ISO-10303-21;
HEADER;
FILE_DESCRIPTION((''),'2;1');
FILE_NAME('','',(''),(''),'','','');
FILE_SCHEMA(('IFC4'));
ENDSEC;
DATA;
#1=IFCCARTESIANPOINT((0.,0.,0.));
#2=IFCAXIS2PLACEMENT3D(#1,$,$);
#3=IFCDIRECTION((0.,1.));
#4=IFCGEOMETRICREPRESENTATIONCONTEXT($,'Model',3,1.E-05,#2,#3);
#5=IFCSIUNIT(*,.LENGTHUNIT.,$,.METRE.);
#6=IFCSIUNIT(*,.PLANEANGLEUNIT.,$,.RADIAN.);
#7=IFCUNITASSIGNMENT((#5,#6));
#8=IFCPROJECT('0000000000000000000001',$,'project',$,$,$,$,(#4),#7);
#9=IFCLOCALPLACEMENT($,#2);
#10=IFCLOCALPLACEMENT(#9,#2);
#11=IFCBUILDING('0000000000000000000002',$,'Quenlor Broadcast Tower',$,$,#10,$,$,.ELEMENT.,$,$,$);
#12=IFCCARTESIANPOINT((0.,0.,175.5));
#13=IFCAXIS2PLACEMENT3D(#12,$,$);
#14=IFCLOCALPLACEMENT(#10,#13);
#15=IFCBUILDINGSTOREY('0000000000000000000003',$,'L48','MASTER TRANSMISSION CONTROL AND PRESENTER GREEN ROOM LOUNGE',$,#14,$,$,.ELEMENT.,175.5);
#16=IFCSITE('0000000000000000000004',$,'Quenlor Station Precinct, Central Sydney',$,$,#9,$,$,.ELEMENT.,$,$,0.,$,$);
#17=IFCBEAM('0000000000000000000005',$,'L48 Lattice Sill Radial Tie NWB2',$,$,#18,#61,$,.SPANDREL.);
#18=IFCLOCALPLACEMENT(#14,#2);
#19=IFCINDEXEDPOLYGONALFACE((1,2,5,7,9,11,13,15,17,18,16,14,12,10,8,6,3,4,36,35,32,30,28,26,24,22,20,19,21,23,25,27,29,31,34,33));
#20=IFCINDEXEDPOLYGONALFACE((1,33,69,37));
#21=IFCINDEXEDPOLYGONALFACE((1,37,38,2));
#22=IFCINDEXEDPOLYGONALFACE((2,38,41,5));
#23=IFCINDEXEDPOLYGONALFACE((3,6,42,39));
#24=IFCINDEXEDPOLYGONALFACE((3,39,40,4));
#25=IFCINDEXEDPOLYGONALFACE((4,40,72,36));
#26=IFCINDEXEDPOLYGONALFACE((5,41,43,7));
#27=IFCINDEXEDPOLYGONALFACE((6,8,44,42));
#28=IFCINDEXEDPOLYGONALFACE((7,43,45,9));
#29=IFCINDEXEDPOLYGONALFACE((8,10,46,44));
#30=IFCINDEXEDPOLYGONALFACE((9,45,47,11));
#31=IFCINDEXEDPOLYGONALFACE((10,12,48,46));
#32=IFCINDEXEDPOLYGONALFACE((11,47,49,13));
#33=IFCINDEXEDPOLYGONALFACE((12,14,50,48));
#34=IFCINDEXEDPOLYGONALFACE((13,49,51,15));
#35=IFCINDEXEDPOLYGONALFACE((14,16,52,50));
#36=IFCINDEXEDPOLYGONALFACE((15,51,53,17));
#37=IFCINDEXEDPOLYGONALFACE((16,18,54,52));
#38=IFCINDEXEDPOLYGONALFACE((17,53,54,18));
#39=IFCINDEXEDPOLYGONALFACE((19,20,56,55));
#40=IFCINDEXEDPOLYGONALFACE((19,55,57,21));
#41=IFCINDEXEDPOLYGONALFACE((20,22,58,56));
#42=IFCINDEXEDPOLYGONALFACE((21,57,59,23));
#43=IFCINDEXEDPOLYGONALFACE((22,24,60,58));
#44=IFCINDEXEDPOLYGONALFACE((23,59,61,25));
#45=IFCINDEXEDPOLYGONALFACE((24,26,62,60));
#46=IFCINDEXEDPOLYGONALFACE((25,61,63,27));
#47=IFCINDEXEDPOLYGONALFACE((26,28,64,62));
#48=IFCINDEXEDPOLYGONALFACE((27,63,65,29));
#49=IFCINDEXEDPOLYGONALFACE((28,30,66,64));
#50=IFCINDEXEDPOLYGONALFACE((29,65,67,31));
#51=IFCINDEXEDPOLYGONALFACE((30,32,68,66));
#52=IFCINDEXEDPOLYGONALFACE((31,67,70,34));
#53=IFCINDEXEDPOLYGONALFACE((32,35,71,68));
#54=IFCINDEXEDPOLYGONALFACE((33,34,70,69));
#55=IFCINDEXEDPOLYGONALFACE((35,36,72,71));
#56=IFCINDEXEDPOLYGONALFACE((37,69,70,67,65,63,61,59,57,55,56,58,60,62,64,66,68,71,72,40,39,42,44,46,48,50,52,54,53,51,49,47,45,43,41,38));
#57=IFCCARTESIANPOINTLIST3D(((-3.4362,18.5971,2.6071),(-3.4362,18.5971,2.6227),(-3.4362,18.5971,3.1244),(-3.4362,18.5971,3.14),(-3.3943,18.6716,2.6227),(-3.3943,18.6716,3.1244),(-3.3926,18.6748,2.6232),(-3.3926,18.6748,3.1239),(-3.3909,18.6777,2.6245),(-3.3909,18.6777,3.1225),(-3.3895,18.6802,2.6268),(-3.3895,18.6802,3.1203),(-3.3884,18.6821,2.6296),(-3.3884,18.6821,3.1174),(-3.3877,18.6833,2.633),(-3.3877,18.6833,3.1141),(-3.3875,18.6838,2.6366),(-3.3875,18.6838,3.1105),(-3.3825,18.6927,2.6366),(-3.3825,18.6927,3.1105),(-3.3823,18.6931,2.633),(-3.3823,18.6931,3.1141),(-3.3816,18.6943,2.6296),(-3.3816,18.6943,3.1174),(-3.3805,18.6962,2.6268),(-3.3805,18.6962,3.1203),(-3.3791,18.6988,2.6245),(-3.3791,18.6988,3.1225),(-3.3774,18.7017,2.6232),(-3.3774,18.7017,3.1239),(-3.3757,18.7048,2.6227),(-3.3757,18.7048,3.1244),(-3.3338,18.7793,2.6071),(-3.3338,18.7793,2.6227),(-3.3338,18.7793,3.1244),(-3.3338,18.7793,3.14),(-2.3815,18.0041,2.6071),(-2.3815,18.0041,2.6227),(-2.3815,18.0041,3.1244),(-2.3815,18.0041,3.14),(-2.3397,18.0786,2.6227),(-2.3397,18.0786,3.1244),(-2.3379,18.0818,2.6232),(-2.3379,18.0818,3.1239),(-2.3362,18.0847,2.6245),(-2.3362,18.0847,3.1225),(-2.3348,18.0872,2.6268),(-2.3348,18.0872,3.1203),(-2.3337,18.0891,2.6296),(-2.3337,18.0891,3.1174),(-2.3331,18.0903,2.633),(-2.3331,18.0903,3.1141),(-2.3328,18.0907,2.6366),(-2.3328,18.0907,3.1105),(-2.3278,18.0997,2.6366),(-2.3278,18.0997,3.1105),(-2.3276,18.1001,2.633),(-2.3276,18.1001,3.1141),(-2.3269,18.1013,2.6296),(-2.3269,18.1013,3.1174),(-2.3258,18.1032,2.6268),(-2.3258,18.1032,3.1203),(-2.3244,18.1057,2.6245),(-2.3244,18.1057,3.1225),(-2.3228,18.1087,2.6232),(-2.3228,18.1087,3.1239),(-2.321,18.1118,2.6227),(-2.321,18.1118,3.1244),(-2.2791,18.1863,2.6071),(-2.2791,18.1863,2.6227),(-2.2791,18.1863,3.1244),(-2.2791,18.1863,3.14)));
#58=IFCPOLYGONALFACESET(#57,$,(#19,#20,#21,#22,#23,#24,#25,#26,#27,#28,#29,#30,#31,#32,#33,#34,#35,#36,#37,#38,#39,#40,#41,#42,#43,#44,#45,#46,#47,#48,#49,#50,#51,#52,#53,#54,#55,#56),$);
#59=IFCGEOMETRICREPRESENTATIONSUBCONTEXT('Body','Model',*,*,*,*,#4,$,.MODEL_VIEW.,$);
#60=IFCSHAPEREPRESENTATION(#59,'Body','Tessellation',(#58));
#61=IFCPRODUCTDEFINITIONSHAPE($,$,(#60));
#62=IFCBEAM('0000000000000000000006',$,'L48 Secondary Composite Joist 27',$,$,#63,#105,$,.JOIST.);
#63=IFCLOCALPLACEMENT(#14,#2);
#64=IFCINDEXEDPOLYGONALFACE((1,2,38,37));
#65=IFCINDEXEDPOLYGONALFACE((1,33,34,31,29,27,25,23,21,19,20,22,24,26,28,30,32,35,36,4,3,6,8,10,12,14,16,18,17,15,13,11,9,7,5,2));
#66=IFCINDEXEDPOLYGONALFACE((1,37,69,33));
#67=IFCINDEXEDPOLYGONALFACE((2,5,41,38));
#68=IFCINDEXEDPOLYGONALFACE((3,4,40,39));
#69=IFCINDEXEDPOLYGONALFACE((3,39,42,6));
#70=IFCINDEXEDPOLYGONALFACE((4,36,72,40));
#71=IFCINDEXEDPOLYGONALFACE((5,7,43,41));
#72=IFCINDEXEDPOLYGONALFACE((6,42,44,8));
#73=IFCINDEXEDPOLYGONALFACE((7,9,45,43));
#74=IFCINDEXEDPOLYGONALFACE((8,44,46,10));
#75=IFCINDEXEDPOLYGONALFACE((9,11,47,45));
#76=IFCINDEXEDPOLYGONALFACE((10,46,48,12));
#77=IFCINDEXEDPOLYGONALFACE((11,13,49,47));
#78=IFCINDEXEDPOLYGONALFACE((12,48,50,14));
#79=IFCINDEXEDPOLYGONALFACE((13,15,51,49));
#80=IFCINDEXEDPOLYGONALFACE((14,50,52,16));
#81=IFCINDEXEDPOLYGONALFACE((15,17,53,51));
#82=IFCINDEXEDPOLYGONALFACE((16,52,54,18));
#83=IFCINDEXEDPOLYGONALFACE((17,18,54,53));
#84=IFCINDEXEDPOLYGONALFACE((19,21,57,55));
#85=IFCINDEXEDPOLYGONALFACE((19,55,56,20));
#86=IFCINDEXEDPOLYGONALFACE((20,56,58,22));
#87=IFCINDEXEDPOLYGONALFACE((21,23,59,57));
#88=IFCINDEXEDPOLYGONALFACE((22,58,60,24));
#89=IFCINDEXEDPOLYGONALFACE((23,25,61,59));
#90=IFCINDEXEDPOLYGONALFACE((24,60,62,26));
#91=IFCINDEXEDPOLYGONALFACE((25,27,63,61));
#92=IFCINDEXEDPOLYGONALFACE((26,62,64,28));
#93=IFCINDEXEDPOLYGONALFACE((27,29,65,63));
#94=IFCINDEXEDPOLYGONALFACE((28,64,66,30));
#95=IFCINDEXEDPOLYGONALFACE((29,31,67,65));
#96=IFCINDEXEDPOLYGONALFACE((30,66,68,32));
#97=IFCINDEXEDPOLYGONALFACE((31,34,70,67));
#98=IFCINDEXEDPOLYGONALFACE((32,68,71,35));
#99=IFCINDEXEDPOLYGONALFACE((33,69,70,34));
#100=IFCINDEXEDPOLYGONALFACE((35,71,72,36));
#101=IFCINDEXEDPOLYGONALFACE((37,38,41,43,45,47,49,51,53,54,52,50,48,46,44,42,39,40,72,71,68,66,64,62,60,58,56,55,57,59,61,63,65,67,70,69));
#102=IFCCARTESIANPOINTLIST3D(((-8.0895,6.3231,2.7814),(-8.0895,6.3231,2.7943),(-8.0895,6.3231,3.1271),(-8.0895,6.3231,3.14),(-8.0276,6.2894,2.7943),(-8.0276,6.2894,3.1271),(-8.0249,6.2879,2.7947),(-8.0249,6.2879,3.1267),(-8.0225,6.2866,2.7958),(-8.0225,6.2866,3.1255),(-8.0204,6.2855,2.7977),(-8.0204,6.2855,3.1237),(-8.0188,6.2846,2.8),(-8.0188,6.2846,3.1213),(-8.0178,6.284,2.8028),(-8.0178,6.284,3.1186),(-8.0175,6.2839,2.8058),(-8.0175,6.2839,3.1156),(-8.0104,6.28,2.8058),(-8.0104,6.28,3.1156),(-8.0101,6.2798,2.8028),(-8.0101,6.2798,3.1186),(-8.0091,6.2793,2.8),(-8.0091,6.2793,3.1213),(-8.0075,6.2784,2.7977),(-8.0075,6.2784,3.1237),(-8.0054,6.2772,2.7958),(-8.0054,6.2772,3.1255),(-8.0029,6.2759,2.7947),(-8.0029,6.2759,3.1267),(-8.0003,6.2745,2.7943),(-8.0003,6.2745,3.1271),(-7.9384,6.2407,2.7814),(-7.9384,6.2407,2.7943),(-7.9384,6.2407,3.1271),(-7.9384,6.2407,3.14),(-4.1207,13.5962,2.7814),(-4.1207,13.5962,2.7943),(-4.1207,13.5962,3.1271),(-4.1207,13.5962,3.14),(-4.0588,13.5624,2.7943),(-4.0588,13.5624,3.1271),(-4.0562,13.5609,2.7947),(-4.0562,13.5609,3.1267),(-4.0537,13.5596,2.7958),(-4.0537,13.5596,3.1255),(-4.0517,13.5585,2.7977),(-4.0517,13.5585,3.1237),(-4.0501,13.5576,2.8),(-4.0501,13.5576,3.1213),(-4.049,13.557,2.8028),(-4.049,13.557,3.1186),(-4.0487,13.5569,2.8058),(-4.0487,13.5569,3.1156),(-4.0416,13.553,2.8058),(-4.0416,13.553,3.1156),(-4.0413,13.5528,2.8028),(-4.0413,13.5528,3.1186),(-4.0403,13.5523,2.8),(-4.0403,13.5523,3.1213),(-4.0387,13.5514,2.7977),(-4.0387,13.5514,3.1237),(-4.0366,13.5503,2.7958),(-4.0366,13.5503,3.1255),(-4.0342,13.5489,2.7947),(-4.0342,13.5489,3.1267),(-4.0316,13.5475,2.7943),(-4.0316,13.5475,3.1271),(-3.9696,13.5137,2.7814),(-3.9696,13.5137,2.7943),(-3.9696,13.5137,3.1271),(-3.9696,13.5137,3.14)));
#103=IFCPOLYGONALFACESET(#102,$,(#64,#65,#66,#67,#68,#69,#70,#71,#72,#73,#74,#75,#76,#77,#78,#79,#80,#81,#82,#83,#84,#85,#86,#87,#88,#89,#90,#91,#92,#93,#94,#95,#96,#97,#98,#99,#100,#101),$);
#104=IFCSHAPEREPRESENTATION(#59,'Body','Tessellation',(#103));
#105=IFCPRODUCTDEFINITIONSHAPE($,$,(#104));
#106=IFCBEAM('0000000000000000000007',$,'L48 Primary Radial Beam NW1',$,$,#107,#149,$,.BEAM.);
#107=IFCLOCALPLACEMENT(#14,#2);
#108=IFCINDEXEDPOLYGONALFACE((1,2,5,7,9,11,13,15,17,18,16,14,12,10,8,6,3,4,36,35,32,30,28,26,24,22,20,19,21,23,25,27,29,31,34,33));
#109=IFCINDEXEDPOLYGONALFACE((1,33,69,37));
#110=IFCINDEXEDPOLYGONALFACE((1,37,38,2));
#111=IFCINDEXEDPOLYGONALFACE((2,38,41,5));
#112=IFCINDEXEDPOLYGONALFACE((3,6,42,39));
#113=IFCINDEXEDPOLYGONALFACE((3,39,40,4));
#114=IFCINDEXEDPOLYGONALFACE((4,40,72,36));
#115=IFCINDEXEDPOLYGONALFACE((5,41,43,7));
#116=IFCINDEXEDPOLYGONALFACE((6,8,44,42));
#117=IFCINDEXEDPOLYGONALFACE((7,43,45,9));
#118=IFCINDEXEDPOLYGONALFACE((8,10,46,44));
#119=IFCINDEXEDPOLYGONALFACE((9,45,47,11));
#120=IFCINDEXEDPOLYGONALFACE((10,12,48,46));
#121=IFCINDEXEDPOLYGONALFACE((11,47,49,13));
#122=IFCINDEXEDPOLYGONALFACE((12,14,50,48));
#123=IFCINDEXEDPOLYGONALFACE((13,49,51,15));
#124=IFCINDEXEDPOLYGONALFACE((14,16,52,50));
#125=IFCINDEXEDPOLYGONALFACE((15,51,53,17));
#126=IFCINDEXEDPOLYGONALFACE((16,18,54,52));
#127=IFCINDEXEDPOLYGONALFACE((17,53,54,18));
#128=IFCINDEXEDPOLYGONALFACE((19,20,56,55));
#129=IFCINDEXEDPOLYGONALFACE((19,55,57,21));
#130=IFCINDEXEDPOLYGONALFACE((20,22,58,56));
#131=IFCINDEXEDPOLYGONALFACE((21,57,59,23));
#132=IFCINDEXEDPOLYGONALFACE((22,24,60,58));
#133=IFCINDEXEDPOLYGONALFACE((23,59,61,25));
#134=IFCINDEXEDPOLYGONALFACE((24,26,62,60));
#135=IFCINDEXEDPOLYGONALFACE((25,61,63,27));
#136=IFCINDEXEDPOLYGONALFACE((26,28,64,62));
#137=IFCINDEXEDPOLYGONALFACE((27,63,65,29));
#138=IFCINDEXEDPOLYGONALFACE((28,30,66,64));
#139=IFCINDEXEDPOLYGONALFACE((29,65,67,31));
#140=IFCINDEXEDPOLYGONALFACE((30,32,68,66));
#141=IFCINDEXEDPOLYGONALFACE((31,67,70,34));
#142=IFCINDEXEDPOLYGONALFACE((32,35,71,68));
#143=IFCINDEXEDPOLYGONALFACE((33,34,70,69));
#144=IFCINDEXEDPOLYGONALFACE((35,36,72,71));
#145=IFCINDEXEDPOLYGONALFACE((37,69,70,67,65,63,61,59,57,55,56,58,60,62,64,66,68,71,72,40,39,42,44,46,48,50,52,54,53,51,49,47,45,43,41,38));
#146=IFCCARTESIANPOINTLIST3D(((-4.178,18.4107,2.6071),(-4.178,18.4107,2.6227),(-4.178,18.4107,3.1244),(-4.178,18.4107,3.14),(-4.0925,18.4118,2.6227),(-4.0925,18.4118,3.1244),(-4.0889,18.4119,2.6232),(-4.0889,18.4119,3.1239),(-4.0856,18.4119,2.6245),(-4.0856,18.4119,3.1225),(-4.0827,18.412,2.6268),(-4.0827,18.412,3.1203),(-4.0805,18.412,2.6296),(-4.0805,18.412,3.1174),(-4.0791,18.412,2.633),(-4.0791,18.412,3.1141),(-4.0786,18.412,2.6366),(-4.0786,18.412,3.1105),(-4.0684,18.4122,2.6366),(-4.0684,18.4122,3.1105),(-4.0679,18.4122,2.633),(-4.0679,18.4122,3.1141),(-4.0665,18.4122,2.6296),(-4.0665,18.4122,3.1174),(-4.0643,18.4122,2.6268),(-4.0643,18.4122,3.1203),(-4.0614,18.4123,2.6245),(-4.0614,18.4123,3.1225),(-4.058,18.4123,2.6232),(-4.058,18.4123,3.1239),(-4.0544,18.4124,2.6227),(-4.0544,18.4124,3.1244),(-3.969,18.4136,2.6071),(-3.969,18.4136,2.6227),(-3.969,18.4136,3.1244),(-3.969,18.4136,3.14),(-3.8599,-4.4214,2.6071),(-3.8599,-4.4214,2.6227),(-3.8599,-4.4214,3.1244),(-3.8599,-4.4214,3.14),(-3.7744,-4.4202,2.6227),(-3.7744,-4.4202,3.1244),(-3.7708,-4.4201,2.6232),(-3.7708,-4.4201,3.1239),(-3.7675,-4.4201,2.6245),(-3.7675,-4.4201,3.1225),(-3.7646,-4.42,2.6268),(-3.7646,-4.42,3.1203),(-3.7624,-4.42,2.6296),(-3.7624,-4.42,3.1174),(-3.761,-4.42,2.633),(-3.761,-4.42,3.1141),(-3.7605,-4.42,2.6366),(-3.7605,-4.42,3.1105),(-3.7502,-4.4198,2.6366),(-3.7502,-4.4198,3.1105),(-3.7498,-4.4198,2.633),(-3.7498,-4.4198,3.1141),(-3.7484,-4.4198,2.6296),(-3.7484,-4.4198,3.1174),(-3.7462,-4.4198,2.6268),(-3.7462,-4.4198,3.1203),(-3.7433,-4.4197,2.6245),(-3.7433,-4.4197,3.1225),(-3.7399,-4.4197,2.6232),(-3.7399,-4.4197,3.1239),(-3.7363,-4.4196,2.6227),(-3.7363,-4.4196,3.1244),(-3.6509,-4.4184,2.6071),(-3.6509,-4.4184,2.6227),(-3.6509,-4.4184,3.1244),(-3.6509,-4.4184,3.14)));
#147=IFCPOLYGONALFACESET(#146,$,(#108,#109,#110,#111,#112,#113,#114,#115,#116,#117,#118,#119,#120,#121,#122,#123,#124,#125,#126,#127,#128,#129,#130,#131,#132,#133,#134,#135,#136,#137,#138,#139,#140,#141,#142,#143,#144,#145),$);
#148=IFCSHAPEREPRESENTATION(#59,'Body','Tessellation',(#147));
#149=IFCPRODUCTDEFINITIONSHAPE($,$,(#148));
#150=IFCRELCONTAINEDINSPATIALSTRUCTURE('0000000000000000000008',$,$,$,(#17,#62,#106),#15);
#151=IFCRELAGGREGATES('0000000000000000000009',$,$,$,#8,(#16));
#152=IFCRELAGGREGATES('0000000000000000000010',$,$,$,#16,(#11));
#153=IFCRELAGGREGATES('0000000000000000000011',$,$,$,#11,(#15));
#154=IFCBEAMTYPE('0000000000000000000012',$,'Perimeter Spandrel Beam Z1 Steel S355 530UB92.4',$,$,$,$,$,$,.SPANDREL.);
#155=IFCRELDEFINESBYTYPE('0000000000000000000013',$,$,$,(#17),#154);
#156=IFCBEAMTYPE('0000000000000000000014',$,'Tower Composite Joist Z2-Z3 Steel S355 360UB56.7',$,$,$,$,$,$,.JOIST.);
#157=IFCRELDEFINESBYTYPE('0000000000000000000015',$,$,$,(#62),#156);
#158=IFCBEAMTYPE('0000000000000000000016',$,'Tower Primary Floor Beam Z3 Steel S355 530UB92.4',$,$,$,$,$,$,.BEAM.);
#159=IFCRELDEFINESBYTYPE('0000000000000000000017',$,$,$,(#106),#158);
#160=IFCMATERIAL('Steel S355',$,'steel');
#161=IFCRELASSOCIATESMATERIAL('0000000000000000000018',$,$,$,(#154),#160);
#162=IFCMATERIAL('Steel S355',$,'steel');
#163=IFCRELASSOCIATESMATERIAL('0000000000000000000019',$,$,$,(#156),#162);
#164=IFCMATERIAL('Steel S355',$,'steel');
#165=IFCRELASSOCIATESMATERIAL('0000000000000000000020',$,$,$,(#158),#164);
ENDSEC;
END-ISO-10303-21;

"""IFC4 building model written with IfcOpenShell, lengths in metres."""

from ifc_helpers import new_model, si_unit, direction, frame, origin, origin_2d, place, context, subcontext, project, spatial, i_section, extrude, material, material_profile, profile_set, type_object, element, save


model = new_model("IFC4")

# Units and contexts
model_context = context("Model", 3, precision=1e-05, world=origin(), true_north=direction((0.0, 1.0)))
body_context = subcontext(model_context, "Body", "Model", "MODEL_VIEW")
ifc_project = project(units=[si_unit("LENGTHUNIT", "METRE"), si_unit("PLANEANGLEUNIT", "RADIAN")], contexts=[model_context])

# Site, building, storey
site_placement = place(None, origin())
site = spatial("IfcSite", under=ifc_project, at=site_placement, Name="Quenlor Station Precinct, Central Sydney", CompositionType="ELEMENT", RefElevation=0.0)
building_placement = place(site_placement, origin())
building = spatial("IfcBuilding", under=site, at=building_placement, Name="Quenlor Broadcast Tower", CompositionType="ELEMENT")
storey_placement = place(building_placement, frame((0.0, 0.0, 175.5)))
storey = spatial("IfcBuildingStorey", under=building, at=storey_placement, Name="L48", Description="MASTER TRANSMISSION CONTROL AND PRESENTER GREEN ROOM LOUNGE", CompositionType="ELEMENT", Elevation=175.5)

# Beams
ifc_material_1 = material(Name="Steel S355", Category="steel")
ifc_material_profile_1 = material_profile(ifc_material_1, i_section(OverallWidth=0.209, OverallDepth=0.533, WebThickness=0.0103, FlangeThickness=0.0156, FilletRadius=0.0139, at=origin_2d()))
ifc_profile_set_1 = profile_set([ifc_material_profile_1], Name="Steel S355 530UB92.4")
beam_type_1 = type_object("IfcBeamType", Name="Perimeter Spandrel Beam Z1 Steel S355 530UB92.4", PredefinedType="SPANDREL", material=ifc_profile_set_1)
beam_1_placement = place(storey_placement, frame((-2.3303, 18.0952, 2.8735), z_axis=(-0.871662, 0.490108, 0.0), x_axis=(-0.490108, -0.871662, 0.0)))
element("IfcBeam", 1, at=beam_1_placement, inside=storey, type_object=beam_type_1, Name="L48 Lattice Sill Radial Tie NWB2", PredefinedType="SPANDREL", context=body_context, shape_type="SweptSolid", body=[
    extrude(i_section(OverallWidth=0.209, OverallDepth=0.533, WebThickness=0.0103, FlangeThickness=0.0156, FilletRadius=0.0139, at=origin_2d()), origin(), (0.0, 0.0, 1.0), 1.21),
])
ifc_material_2 = material(Name="Steel S355", Category="steel")
ifc_material_profile_2 = material_profile(ifc_material_2, i_section(OverallWidth=0.1721, OverallDepth=0.3586, WebThickness=0.0081, FlangeThickness=0.0129, FilletRadius=0.0115, at=origin_2d()))
ifc_profile_set_2 = profile_set([ifc_material_profile_2], Name="Steel S355 360UB56.7")
beam_type_2 = type_object("IfcBeamType", Name="Tower Composite Joist Z2-Z3 Steel S355 360UB56.7", PredefinedType="JOIST", material=ifc_profile_set_2)
beam_2_placement = place(storey_placement, frame((-4.0452, 13.5549, 2.9607), z_axis=(-0.479009, -0.87781, 0.0), x_axis=(0.87781, -0.479009, 0.0)))
element("IfcBeam", 2, at=beam_2_placement, inside=storey, type_object=beam_type_2, Name="L48 Secondary Composite Joist 27", PredefinedType="JOIST", context=body_context, shape_type="SweptSolid", body=[
    extrude(i_section(OverallWidth=0.1721, OverallDepth=0.3586, WebThickness=0.0081, FlangeThickness=0.0129, FilletRadius=0.0115, at=origin_2d()), origin(), (0.0, 0.0, 1.0), 8.2854),
])
ifc_material_3 = material(Name="Steel S355", Category="steel")
ifc_material_profile_3 = material_profile(ifc_material_3, i_section(OverallWidth=0.209, OverallDepth=0.533, WebThickness=0.0103, FlangeThickness=0.0156, FilletRadius=0.0139, at=origin_2d()))
ifc_profile_set_3 = profile_set([ifc_material_profile_3], Name="Steel S355 530UB92.4")
beam_type_3 = type_object("IfcBeamType", Name="Tower Primary Floor Beam Z3 Steel S355 530UB92.4", PredefinedType="BEAM", material=ifc_profile_set_3)
beam_3_placement = place(storey_placement, frame((-4.0735, 18.4121, 2.8735), z_axis=(0.013931, -0.999903, 0.0), x_axis=(0.999903, 0.013931, 0.0)))
element("IfcBeam", 3, at=beam_3_placement, inside=storey, type_object=beam_type_3, Name="L48 Primary Radial Beam NW1", PredefinedType="BEAM", context=body_context, shape_type="SweptSolid", body=[
    extrude(i_section(OverallWidth=0.209, OverallDepth=0.533, WebThickness=0.0103, FlangeThickness=0.0156, FilletRadius=0.0139, at=origin_2d()), origin(), (0.0, 0.0, 1.0), 22.8342),
])

save(model, "model.ifc")
